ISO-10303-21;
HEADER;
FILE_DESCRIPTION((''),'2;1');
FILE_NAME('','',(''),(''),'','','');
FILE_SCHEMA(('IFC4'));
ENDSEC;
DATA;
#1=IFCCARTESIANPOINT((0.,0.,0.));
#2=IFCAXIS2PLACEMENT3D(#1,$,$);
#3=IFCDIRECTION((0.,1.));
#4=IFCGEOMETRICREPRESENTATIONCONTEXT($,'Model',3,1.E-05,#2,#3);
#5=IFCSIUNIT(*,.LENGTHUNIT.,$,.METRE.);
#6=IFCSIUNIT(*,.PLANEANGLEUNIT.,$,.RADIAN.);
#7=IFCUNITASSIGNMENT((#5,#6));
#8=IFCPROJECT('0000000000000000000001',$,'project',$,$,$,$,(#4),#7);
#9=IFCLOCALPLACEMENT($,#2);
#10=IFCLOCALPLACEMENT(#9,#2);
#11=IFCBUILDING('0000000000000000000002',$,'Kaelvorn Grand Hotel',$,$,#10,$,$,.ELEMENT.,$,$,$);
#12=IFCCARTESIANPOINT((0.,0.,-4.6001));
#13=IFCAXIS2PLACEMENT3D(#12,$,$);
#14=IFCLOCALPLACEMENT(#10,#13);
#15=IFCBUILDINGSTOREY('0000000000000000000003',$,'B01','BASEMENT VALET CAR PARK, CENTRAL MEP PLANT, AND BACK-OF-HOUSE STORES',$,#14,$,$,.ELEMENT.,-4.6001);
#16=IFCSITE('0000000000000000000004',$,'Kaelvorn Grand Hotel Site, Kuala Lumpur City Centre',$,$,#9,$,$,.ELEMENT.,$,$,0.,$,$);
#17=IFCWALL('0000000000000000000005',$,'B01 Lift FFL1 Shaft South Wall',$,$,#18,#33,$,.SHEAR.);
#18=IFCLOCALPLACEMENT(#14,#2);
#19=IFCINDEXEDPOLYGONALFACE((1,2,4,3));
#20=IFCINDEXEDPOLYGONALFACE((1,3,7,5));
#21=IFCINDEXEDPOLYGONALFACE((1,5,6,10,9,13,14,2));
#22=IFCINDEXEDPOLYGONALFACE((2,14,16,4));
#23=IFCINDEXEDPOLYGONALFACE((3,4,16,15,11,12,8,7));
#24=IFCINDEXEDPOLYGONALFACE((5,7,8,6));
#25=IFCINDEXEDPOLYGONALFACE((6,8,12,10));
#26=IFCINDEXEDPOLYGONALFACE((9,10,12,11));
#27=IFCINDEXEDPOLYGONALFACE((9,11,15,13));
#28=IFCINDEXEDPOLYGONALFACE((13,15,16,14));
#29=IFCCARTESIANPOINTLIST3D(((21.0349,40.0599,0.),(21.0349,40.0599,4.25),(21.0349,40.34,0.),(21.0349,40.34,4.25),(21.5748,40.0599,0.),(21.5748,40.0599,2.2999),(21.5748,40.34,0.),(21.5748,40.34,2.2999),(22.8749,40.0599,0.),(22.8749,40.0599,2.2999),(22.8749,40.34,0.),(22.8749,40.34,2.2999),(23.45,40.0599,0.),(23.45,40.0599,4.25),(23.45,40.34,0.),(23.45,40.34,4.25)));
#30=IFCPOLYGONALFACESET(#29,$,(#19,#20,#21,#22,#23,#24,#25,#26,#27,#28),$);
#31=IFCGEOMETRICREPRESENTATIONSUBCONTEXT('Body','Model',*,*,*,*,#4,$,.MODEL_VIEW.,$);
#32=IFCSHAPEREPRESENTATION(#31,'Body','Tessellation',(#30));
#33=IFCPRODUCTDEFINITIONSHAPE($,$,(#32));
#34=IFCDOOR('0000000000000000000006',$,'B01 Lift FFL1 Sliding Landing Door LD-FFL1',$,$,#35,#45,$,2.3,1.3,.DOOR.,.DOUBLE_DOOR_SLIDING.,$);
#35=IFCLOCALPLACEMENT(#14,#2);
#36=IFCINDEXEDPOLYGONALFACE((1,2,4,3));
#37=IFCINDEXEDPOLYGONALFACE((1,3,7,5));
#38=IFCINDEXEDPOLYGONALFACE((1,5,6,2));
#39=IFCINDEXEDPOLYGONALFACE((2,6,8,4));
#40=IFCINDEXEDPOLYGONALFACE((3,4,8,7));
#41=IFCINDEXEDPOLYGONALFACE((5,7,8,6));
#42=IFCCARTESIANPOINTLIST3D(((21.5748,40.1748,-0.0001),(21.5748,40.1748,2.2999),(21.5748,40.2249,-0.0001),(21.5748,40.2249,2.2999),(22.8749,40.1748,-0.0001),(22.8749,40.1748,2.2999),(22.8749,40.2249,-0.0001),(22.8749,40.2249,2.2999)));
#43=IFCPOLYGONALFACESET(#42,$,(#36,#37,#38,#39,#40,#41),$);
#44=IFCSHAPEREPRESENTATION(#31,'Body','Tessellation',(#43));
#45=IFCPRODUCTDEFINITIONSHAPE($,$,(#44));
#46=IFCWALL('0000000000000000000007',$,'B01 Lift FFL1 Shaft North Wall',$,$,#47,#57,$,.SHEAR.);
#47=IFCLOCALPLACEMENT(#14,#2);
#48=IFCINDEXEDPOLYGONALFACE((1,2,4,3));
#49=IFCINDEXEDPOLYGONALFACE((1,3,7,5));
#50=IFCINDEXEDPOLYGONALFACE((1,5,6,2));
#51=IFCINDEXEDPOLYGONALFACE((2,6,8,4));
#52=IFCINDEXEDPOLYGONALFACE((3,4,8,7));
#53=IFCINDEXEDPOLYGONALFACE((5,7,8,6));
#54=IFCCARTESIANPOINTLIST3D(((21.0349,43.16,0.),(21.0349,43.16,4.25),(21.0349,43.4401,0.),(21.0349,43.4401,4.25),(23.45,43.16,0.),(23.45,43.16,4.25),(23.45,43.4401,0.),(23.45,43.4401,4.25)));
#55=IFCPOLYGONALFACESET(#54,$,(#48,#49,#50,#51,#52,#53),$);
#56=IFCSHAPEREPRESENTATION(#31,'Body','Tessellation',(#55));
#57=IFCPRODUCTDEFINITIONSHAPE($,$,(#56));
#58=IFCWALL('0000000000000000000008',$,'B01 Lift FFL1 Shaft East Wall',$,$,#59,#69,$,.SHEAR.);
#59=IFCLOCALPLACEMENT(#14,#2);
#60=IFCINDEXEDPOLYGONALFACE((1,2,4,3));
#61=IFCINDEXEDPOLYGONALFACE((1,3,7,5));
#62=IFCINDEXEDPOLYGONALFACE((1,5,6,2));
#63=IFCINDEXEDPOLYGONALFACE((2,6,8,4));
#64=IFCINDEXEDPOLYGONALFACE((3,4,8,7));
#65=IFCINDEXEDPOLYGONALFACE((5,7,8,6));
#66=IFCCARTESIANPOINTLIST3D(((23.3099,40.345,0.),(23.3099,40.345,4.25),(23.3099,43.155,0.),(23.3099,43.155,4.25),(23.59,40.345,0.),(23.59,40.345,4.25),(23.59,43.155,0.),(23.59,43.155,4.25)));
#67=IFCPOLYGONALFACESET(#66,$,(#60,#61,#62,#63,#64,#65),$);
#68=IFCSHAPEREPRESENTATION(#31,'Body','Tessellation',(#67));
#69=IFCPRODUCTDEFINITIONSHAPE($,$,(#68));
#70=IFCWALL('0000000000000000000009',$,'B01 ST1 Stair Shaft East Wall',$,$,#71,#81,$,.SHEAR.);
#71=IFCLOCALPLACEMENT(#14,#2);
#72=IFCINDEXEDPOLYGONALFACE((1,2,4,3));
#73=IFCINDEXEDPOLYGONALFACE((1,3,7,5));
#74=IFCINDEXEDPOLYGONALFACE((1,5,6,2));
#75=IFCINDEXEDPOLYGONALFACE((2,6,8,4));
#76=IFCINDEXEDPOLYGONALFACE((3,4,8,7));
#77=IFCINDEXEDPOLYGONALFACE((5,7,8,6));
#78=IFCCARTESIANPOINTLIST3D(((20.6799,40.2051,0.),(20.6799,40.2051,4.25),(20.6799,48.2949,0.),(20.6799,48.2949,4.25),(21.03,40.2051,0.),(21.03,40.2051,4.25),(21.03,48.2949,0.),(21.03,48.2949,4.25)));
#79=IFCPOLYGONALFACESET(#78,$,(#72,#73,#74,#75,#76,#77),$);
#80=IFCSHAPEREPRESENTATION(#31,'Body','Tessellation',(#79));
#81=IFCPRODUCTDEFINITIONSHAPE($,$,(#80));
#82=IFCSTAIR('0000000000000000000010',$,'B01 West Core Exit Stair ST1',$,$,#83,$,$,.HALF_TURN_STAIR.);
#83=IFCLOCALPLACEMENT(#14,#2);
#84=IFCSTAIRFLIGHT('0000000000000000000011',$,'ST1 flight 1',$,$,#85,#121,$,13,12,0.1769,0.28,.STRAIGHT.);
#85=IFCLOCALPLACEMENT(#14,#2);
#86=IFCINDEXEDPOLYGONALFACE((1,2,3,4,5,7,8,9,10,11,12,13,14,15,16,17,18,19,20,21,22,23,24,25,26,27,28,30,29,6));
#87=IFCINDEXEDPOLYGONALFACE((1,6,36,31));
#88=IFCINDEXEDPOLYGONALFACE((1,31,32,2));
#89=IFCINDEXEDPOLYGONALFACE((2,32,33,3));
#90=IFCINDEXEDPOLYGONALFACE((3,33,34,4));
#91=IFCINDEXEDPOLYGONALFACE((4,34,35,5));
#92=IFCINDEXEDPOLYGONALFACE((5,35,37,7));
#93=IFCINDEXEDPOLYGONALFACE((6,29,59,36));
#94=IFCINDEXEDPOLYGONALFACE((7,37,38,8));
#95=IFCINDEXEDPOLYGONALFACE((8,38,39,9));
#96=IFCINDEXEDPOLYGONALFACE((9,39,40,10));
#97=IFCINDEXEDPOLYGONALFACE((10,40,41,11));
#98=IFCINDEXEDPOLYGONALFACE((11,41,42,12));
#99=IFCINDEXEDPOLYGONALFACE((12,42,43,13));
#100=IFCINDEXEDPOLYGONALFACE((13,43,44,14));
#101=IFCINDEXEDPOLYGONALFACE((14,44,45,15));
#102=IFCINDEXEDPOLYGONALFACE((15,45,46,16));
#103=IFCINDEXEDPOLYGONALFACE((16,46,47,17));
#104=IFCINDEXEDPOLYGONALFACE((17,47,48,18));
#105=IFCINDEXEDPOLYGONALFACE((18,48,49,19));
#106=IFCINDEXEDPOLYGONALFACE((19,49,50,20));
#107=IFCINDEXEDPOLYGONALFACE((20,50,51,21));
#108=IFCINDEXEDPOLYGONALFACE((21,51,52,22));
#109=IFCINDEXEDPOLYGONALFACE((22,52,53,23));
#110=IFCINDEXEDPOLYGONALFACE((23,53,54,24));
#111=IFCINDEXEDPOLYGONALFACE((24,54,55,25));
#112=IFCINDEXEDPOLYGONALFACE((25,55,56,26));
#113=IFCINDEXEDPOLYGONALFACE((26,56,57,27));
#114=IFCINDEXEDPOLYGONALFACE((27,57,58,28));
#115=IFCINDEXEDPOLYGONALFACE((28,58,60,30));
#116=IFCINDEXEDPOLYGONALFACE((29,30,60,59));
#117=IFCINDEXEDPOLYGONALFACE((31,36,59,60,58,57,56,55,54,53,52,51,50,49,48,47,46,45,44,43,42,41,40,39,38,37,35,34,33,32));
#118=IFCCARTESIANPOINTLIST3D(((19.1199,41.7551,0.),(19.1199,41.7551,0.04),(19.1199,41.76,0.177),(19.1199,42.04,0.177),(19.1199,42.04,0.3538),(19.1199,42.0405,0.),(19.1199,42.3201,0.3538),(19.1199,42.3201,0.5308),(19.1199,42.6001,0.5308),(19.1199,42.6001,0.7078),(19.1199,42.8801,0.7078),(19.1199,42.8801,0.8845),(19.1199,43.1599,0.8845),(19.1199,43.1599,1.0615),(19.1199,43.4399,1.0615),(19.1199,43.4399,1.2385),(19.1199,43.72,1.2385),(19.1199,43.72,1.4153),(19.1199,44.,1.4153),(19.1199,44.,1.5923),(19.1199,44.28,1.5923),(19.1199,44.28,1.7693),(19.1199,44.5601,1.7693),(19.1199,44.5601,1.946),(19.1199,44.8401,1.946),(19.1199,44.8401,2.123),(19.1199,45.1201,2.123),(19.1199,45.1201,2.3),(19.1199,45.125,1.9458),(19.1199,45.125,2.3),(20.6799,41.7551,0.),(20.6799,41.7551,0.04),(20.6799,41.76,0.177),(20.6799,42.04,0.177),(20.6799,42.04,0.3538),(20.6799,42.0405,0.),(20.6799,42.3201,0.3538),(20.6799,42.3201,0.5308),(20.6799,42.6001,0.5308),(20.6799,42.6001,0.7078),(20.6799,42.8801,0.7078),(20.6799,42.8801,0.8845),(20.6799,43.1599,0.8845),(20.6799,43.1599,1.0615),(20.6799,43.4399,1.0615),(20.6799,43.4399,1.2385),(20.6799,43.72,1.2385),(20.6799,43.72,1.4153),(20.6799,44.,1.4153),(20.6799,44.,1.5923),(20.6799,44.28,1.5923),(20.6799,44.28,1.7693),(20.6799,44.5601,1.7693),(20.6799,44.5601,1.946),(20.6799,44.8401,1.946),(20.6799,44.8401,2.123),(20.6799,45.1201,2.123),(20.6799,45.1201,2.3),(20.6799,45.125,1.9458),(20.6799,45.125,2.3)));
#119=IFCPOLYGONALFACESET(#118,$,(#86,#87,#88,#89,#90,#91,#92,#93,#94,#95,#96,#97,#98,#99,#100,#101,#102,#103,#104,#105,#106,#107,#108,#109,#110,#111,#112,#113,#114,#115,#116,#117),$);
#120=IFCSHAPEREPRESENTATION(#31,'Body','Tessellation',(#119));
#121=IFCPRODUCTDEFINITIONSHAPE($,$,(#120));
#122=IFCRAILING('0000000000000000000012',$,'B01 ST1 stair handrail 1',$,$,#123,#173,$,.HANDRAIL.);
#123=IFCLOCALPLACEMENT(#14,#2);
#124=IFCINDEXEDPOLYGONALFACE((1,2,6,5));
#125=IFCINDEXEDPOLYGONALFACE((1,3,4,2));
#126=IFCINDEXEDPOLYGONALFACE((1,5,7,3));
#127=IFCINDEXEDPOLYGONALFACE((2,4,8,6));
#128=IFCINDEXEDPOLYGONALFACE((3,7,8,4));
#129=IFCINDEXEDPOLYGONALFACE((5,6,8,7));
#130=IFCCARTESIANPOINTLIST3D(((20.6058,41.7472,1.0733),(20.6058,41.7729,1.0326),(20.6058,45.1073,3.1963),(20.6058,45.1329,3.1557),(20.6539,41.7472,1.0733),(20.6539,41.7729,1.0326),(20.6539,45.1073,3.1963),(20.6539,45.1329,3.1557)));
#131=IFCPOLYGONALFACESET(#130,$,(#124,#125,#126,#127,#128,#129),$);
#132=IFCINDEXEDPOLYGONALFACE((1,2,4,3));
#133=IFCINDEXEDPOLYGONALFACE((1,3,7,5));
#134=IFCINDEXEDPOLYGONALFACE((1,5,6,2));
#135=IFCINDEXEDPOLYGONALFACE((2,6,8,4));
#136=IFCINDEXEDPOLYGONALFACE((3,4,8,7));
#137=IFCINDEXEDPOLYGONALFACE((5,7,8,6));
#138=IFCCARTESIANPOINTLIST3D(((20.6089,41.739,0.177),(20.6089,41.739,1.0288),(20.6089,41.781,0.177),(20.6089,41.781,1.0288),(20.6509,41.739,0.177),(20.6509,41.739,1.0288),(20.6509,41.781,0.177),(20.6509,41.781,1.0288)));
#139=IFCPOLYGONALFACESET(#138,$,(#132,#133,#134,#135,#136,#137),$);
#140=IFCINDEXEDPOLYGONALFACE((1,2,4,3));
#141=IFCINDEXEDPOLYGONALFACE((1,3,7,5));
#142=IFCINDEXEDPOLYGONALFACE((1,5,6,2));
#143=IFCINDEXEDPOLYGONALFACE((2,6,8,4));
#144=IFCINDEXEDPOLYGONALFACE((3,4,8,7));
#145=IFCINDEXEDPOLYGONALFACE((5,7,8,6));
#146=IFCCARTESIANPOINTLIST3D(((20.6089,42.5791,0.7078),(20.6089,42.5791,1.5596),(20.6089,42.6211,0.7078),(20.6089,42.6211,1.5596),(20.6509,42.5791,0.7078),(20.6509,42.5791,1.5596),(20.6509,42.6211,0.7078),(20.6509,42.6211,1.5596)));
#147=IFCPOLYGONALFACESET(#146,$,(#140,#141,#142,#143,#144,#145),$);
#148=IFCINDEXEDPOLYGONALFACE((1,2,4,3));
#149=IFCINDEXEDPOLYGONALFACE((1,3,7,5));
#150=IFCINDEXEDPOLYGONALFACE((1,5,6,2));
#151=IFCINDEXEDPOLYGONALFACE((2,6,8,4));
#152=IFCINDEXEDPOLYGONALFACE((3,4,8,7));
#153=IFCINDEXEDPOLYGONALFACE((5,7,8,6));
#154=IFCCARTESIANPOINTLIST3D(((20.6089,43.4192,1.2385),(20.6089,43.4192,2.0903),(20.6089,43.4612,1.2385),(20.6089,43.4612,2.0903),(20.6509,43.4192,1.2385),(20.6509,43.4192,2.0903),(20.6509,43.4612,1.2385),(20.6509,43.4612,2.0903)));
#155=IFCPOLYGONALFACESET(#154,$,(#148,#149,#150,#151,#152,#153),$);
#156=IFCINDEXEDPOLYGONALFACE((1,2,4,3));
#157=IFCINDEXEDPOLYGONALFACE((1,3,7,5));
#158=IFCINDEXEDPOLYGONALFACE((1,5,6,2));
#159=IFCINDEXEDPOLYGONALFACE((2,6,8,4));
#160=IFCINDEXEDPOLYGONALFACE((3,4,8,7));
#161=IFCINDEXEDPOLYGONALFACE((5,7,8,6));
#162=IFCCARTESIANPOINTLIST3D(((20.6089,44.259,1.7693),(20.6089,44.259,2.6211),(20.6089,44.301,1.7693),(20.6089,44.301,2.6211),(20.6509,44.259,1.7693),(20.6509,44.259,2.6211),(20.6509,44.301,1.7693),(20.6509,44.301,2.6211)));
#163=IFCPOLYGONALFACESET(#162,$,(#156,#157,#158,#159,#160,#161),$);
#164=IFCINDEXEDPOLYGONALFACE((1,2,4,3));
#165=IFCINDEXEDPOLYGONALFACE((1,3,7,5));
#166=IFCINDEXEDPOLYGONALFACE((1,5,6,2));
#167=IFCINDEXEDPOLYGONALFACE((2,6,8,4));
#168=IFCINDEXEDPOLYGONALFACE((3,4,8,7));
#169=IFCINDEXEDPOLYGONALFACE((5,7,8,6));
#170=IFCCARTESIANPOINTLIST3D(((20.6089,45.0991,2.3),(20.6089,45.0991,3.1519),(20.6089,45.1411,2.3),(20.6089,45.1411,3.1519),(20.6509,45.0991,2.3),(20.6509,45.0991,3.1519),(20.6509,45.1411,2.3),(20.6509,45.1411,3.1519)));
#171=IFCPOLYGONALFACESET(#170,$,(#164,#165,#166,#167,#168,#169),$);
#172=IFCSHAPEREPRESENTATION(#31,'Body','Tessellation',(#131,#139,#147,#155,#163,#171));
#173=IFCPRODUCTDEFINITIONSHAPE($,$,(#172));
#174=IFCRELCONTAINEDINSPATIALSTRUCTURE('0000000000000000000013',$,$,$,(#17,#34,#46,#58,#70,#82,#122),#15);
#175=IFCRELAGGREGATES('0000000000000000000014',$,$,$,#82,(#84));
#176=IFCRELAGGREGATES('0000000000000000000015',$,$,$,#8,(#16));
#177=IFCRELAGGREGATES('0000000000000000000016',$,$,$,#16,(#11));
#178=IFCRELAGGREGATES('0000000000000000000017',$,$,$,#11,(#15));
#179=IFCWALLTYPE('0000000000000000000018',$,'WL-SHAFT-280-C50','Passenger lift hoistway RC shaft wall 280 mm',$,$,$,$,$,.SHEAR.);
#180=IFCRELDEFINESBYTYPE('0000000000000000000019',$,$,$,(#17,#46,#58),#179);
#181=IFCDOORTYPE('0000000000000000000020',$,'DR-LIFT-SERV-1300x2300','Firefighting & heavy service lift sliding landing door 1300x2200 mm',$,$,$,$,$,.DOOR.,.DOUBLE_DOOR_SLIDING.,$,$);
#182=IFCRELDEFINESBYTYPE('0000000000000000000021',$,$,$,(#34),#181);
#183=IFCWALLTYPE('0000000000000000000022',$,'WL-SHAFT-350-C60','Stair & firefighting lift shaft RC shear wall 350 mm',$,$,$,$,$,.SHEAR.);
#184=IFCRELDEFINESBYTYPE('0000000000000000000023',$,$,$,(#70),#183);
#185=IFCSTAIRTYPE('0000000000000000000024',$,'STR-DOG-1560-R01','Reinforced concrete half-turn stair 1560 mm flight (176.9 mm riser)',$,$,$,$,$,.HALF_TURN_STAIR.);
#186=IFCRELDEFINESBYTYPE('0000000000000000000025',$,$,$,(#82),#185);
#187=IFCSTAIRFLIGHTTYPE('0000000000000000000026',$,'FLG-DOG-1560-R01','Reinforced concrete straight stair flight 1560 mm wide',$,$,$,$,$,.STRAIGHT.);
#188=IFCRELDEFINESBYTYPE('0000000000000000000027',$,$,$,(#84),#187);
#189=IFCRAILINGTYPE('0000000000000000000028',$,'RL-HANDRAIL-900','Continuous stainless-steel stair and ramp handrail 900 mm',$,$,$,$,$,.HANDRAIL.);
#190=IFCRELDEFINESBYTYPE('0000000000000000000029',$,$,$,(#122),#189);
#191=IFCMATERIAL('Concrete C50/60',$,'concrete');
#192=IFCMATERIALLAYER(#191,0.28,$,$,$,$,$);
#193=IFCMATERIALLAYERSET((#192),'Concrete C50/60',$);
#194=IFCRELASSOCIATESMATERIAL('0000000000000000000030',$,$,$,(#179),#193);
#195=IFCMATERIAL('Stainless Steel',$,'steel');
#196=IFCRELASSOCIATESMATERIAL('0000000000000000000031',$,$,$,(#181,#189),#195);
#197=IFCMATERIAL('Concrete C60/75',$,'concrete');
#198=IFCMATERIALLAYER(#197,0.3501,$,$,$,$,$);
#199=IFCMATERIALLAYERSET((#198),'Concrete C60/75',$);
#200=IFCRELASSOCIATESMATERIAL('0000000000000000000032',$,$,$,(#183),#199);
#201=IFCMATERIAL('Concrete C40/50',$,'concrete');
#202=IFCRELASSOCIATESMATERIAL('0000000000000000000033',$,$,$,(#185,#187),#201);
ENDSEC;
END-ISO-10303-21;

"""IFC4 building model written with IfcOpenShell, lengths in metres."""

from ifc_helpers import new_model, si_unit, direction, frame, frame_2d, origin, origin_2d, place, context, subcontext, project, spatial, polyline, rectangle, outline, extrude, material, layer, layer_set, type_object, element, fill, aggregate, save


model = new_model("IFC4")

# Units and contexts
model_context = context("Model", 3, precision=1e-05, world=origin(), true_north=direction((0.0, 1.0)))
body_context = subcontext(model_context, "Body", "Model", "MODEL_VIEW")
ifc_project = project(units=[si_unit("LENGTHUNIT", "METRE"), si_unit("PLANEANGLEUNIT", "RADIAN")], contexts=[model_context])

# Site, building, storey
site_placement = place(None, origin())
site = spatial("IfcSite", under=ifc_project, at=site_placement, Name="Kaelvorn Grand Hotel Site, Kuala Lumpur City Centre", CompositionType="ELEMENT", RefElevation=0.0)
building_placement = place(site_placement, origin())
building = spatial("IfcBuilding", under=site, at=building_placement, Name="Kaelvorn Grand Hotel", CompositionType="ELEMENT")
storey_placement = place(building_placement, frame((0.0, 0.0, -4.6001)))
storey = spatial("IfcBuildingStorey", under=building, at=storey_placement, Name="B01", Description="BASEMENT VALET CAR PARK, CENTRAL MEP PLANT, AND BACK-OF-HOUSE STORES", CompositionType="ELEMENT", Elevation=-4.6001)

# Shared definitions
ifc_material_1 = material(Name="Concrete C60/75", Category="concrete")

# Shared definitions
ifc_material_2 = material(Name="Concrete C40/50", Category="concrete")

# Wall, opening, door
ifc_material_3 = material(Name="Concrete C50/60", Category="concrete")
ifc_layer_1 = layer(ifc_material_3, 0.28)
ifc_layer_set_1 = layer_set([ifc_layer_1], Name="Concrete C50/60")
wall_type_1 = type_object("IfcWallType", Name="WL-SHAFT-280-C50", Description="Passenger lift hoistway RC shaft wall 280 mm", PredefinedType="SHEAR", material=ifc_layer_set_1)
wall_1_placement = place(storey_placement, frame((21.0349, 40.2, 0.0), z_axis=(0.0, 0.0, 1.0), x_axis=(1.0, 0.0, 0.0)))
wall_1 = element("IfcWall", 1, at=wall_1_placement, inside=storey, type_object=wall_type_1, Name="B01 Lift FFL1 Shaft South Wall", PredefinedType="SHEAR", context=body_context, shape_type="SweptSolid", body=[
    extrude(rectangle(XDim=2.415, YDim=0.28, at=frame_2d((1.2075, 0.0))), origin(), (0.0, 0.0, 1.0), 4.25),
])
opening_1_placement = place(wall_1_placement, frame((0.54, 0.0, 0.0)))
opening_1 = element("IfcOpeningElement", 2, at=opening_1_placement, cuts=wall_1, PredefinedType="OPENING", context=body_context, shape_type="SweptSolid", body=[
    extrude(rectangle(XDim=1.3, YDim=2.3, at=frame_2d((0.6499, 1.1499))), frame((0.0, 0.1499, 0.0), z_axis=(0.0, -1.0, 0.0), x_axis=(1.0, 0.0, 0.0)), (0.0, 0.0, 1.0), 0.3),
])
ifc_material_4 = material(Name="Stainless Steel", Category="steel")
door_type_1 = type_object("IfcDoorType", Name="DR-LIFT-SERV-1300x2300", Description="Firefighting & heavy service lift sliding landing door 1300x2200 mm", OperationType="DOUBLE_DOOR_SLIDING", PredefinedType="DOOR", material=ifc_material_4)
door_1_placement = place(opening_1_placement, origin())
door_1 = element("IfcDoor", 3, at=door_1_placement, inside=storey, type_object=door_type_1, Name="B01 Lift FFL1 Sliding Landing Door LD-FFL1", OperationType="DOUBLE_DOOR_SLIDING", OverallHeight=2.3, OverallWidth=1.3, PredefinedType="DOOR", context=body_context, shape_type="SweptSolid", body=[
    extrude(rectangle(XDim=1.3, YDim=2.3, at=frame_2d((0.6499, 1.1499))), frame((0.0, 0.0249, 0.0), z_axis=(0.0, -1.0, 0.0), x_axis=(1.0, 0.0, 0.0)), (0.0, 0.0, 1.0), 0.05),
])
fill(opening_1, door_1)

# Walls
wall_2_placement = place(storey_placement, frame((21.0349, 43.3, 0.0), z_axis=(0.0, 0.0, 1.0), x_axis=(1.0, 0.0, 0.0)))
element("IfcWall", 4, at=wall_2_placement, inside=storey, type_object=wall_type_1, Name="B01 Lift FFL1 Shaft North Wall", PredefinedType="SHEAR", context=body_context, shape_type="SweptSolid", body=[
    extrude(rectangle(XDim=2.415, YDim=0.28, at=frame_2d((1.2075, 0.0))), origin(), (0.0, 0.0, 1.0), 4.25),
])
wall_3_placement = place(storey_placement, frame((23.45, 40.345, 0.0), z_axis=(0.0, 0.0, 1.0), x_axis=(0.0, 1.0, 0.0)))
element("IfcWall", 5, at=wall_3_placement, inside=storey, type_object=wall_type_1, Name="B01 Lift FFL1 Shaft East Wall", PredefinedType="SHEAR", context=body_context, shape_type="SweptSolid", body=[
    extrude(rectangle(XDim=2.8101, YDim=0.28, at=frame_2d((1.405, 0.0))), origin(), (0.0, 0.0, 1.0), 4.25),
])
ifc_layer_2 = layer(ifc_material_1, 0.3501)
ifc_layer_set_2 = layer_set([ifc_layer_2], Name="Concrete C60/75")
wall_type_2 = type_object("IfcWallType", Name="WL-SHAFT-350-C60", Description="Stair & firefighting lift shaft RC shear wall 350 mm", PredefinedType="SHEAR", material=ifc_layer_set_2)
wall_4_placement = place(storey_placement, frame((20.855, 40.2051, 0.0), z_axis=(0.0, 0.0, 1.0), x_axis=(0.0, 1.0, 0.0)))
element("IfcWall", 6, at=wall_4_placement, inside=storey, type_object=wall_type_2, Name="B01 ST1 Stair Shaft East Wall", PredefinedType="SHEAR", context=body_context, shape_type="SweptSolid", body=[
    extrude(rectangle(XDim=8.0898, YDim=0.3501, at=frame_2d((4.0449, 0.0))), origin(), (0.0, 0.0, 1.0), 4.25),
])

# Stair, stair flight
stair_type = type_object("IfcStairType", Name="STR-DOG-1560-R01", Description="Reinforced concrete half-turn stair 1560 mm flight (176.9 mm riser)", PredefinedType="HALF_TURN_STAIR", material=ifc_material_2)
stair_placement = place(storey_placement, origin())
stair = element("IfcStair", 7, at=stair_placement, inside=storey, type_object=stair_type, Name="B01 West Core Exit Stair ST1", PredefinedType="HALF_TURN_STAIR")
stair_flight_type = type_object("IfcStairFlightType", Name="FLG-DOG-1560-R01", Description="Reinforced concrete straight stair flight 1560 mm wide", PredefinedType="STRAIGHT", material=ifc_material_2)
stair_flight_placement = place(storey_placement, frame((19.8999, 41.76, 0.0), z_axis=(0.0, 0.0, 1.0), x_axis=(0.0, 1.0, 0.0)))
stair_flight = element("IfcStairFlight", 8, at=stair_flight_placement, type_object=stair_flight_type, Name="ST1 flight 1", NumberOfRisers=13, NumberOfTreads=12, PredefinedType="STRAIGHT", RiserHeight=0.1769, TreadLength=0.28, context=body_context, shape_type="SweptSolid", body=[
    extrude(outline(polyline([(-0.0049, 0.0), (-0.0049, 0.04), (0.0, 0.177), (0.28, 0.177), (0.28, 0.3538), (0.5601, 0.3538), (0.5601, 0.5308), (0.8401, 0.5308), (0.8401, 0.7078), (1.1201, 0.7078), (1.1201, 0.8845), (1.3999, 0.8845), (1.3999, 1.0615), (1.6799, 1.0615), (1.6799, 1.2385), (1.96, 1.2385), (1.96, 1.4153), (2.24, 1.4153), (2.24, 1.5923), (2.52, 1.5923), (2.52, 1.7693), (2.8, 1.7693), (2.8, 1.946), (3.0801, 1.946), (3.0801, 2.123), (3.3601, 2.123), (3.3601, 2.3), (3.365, 2.3), (3.365, 1.9458), (0.2805, 0.0), (-0.0049, 0.0)])), frame((0.0, 0.78, 0.0), z_axis=(0.0, -1.0, 0.0), x_axis=(1.0, 0.0, 0.0)), (0.0, 0.0, 1.0), 1.5601),
])
aggregate(stair, [stair_flight])

# Railing
railing_type_1 = type_object("IfcRailingType", Name="RL-HANDRAIL-900", Description="Continuous stainless-steel stair and ramp handrail 900 mm", PredefinedType="HANDRAIL", material=ifc_material_4)
railing_1_placement = place(storey_placement, frame((20.6299, 41.76, 0.177)))
element("IfcRailing", 9, at=railing_1_placement, inside=storey, type_object=railing_type_1, Name="B01 ST1 stair handrail 1", PredefinedType="HANDRAIL", context=body_context, shape_type="SweptSolid", body=[
    extrude(rectangle(XDim=0.0481, YDim=0.0481, at=origin_2d()), frame((0.0, 0.0, 0.876), z_axis=(0.0, 0.84539, 0.53415), x_axis=(-1.0, 0.0, 0.0)), (0.0, 0.0, 1.0), 3.9746),
    extrude(rectangle(XDim=0.042, YDim=0.042, at=origin_2d()), origin(), (0.0, 0.0, 1.0), 0.8518),
    extrude(rectangle(XDim=0.042, YDim=0.042, at=origin_2d()), frame((0.0, 0.8401, 0.5308)), (0.0, 0.0, 1.0), 0.8518),
    extrude(rectangle(XDim=0.042, YDim=0.042, at=origin_2d()), frame((0.0, 1.6802, 1.0615)), (0.0, 0.0, 1.0), 0.8518),
    extrude(rectangle(XDim=0.042, YDim=0.042, at=origin_2d()), frame((0.0, 2.52, 1.5923)), (0.0, 0.0, 1.0), 0.8518),
    extrude(rectangle(XDim=0.042, YDim=0.042, at=origin_2d()), frame((0.0, 3.3601, 2.123)), (0.0, 0.0, 1.0), 0.8518),
])

save(model, "model.ifc")
